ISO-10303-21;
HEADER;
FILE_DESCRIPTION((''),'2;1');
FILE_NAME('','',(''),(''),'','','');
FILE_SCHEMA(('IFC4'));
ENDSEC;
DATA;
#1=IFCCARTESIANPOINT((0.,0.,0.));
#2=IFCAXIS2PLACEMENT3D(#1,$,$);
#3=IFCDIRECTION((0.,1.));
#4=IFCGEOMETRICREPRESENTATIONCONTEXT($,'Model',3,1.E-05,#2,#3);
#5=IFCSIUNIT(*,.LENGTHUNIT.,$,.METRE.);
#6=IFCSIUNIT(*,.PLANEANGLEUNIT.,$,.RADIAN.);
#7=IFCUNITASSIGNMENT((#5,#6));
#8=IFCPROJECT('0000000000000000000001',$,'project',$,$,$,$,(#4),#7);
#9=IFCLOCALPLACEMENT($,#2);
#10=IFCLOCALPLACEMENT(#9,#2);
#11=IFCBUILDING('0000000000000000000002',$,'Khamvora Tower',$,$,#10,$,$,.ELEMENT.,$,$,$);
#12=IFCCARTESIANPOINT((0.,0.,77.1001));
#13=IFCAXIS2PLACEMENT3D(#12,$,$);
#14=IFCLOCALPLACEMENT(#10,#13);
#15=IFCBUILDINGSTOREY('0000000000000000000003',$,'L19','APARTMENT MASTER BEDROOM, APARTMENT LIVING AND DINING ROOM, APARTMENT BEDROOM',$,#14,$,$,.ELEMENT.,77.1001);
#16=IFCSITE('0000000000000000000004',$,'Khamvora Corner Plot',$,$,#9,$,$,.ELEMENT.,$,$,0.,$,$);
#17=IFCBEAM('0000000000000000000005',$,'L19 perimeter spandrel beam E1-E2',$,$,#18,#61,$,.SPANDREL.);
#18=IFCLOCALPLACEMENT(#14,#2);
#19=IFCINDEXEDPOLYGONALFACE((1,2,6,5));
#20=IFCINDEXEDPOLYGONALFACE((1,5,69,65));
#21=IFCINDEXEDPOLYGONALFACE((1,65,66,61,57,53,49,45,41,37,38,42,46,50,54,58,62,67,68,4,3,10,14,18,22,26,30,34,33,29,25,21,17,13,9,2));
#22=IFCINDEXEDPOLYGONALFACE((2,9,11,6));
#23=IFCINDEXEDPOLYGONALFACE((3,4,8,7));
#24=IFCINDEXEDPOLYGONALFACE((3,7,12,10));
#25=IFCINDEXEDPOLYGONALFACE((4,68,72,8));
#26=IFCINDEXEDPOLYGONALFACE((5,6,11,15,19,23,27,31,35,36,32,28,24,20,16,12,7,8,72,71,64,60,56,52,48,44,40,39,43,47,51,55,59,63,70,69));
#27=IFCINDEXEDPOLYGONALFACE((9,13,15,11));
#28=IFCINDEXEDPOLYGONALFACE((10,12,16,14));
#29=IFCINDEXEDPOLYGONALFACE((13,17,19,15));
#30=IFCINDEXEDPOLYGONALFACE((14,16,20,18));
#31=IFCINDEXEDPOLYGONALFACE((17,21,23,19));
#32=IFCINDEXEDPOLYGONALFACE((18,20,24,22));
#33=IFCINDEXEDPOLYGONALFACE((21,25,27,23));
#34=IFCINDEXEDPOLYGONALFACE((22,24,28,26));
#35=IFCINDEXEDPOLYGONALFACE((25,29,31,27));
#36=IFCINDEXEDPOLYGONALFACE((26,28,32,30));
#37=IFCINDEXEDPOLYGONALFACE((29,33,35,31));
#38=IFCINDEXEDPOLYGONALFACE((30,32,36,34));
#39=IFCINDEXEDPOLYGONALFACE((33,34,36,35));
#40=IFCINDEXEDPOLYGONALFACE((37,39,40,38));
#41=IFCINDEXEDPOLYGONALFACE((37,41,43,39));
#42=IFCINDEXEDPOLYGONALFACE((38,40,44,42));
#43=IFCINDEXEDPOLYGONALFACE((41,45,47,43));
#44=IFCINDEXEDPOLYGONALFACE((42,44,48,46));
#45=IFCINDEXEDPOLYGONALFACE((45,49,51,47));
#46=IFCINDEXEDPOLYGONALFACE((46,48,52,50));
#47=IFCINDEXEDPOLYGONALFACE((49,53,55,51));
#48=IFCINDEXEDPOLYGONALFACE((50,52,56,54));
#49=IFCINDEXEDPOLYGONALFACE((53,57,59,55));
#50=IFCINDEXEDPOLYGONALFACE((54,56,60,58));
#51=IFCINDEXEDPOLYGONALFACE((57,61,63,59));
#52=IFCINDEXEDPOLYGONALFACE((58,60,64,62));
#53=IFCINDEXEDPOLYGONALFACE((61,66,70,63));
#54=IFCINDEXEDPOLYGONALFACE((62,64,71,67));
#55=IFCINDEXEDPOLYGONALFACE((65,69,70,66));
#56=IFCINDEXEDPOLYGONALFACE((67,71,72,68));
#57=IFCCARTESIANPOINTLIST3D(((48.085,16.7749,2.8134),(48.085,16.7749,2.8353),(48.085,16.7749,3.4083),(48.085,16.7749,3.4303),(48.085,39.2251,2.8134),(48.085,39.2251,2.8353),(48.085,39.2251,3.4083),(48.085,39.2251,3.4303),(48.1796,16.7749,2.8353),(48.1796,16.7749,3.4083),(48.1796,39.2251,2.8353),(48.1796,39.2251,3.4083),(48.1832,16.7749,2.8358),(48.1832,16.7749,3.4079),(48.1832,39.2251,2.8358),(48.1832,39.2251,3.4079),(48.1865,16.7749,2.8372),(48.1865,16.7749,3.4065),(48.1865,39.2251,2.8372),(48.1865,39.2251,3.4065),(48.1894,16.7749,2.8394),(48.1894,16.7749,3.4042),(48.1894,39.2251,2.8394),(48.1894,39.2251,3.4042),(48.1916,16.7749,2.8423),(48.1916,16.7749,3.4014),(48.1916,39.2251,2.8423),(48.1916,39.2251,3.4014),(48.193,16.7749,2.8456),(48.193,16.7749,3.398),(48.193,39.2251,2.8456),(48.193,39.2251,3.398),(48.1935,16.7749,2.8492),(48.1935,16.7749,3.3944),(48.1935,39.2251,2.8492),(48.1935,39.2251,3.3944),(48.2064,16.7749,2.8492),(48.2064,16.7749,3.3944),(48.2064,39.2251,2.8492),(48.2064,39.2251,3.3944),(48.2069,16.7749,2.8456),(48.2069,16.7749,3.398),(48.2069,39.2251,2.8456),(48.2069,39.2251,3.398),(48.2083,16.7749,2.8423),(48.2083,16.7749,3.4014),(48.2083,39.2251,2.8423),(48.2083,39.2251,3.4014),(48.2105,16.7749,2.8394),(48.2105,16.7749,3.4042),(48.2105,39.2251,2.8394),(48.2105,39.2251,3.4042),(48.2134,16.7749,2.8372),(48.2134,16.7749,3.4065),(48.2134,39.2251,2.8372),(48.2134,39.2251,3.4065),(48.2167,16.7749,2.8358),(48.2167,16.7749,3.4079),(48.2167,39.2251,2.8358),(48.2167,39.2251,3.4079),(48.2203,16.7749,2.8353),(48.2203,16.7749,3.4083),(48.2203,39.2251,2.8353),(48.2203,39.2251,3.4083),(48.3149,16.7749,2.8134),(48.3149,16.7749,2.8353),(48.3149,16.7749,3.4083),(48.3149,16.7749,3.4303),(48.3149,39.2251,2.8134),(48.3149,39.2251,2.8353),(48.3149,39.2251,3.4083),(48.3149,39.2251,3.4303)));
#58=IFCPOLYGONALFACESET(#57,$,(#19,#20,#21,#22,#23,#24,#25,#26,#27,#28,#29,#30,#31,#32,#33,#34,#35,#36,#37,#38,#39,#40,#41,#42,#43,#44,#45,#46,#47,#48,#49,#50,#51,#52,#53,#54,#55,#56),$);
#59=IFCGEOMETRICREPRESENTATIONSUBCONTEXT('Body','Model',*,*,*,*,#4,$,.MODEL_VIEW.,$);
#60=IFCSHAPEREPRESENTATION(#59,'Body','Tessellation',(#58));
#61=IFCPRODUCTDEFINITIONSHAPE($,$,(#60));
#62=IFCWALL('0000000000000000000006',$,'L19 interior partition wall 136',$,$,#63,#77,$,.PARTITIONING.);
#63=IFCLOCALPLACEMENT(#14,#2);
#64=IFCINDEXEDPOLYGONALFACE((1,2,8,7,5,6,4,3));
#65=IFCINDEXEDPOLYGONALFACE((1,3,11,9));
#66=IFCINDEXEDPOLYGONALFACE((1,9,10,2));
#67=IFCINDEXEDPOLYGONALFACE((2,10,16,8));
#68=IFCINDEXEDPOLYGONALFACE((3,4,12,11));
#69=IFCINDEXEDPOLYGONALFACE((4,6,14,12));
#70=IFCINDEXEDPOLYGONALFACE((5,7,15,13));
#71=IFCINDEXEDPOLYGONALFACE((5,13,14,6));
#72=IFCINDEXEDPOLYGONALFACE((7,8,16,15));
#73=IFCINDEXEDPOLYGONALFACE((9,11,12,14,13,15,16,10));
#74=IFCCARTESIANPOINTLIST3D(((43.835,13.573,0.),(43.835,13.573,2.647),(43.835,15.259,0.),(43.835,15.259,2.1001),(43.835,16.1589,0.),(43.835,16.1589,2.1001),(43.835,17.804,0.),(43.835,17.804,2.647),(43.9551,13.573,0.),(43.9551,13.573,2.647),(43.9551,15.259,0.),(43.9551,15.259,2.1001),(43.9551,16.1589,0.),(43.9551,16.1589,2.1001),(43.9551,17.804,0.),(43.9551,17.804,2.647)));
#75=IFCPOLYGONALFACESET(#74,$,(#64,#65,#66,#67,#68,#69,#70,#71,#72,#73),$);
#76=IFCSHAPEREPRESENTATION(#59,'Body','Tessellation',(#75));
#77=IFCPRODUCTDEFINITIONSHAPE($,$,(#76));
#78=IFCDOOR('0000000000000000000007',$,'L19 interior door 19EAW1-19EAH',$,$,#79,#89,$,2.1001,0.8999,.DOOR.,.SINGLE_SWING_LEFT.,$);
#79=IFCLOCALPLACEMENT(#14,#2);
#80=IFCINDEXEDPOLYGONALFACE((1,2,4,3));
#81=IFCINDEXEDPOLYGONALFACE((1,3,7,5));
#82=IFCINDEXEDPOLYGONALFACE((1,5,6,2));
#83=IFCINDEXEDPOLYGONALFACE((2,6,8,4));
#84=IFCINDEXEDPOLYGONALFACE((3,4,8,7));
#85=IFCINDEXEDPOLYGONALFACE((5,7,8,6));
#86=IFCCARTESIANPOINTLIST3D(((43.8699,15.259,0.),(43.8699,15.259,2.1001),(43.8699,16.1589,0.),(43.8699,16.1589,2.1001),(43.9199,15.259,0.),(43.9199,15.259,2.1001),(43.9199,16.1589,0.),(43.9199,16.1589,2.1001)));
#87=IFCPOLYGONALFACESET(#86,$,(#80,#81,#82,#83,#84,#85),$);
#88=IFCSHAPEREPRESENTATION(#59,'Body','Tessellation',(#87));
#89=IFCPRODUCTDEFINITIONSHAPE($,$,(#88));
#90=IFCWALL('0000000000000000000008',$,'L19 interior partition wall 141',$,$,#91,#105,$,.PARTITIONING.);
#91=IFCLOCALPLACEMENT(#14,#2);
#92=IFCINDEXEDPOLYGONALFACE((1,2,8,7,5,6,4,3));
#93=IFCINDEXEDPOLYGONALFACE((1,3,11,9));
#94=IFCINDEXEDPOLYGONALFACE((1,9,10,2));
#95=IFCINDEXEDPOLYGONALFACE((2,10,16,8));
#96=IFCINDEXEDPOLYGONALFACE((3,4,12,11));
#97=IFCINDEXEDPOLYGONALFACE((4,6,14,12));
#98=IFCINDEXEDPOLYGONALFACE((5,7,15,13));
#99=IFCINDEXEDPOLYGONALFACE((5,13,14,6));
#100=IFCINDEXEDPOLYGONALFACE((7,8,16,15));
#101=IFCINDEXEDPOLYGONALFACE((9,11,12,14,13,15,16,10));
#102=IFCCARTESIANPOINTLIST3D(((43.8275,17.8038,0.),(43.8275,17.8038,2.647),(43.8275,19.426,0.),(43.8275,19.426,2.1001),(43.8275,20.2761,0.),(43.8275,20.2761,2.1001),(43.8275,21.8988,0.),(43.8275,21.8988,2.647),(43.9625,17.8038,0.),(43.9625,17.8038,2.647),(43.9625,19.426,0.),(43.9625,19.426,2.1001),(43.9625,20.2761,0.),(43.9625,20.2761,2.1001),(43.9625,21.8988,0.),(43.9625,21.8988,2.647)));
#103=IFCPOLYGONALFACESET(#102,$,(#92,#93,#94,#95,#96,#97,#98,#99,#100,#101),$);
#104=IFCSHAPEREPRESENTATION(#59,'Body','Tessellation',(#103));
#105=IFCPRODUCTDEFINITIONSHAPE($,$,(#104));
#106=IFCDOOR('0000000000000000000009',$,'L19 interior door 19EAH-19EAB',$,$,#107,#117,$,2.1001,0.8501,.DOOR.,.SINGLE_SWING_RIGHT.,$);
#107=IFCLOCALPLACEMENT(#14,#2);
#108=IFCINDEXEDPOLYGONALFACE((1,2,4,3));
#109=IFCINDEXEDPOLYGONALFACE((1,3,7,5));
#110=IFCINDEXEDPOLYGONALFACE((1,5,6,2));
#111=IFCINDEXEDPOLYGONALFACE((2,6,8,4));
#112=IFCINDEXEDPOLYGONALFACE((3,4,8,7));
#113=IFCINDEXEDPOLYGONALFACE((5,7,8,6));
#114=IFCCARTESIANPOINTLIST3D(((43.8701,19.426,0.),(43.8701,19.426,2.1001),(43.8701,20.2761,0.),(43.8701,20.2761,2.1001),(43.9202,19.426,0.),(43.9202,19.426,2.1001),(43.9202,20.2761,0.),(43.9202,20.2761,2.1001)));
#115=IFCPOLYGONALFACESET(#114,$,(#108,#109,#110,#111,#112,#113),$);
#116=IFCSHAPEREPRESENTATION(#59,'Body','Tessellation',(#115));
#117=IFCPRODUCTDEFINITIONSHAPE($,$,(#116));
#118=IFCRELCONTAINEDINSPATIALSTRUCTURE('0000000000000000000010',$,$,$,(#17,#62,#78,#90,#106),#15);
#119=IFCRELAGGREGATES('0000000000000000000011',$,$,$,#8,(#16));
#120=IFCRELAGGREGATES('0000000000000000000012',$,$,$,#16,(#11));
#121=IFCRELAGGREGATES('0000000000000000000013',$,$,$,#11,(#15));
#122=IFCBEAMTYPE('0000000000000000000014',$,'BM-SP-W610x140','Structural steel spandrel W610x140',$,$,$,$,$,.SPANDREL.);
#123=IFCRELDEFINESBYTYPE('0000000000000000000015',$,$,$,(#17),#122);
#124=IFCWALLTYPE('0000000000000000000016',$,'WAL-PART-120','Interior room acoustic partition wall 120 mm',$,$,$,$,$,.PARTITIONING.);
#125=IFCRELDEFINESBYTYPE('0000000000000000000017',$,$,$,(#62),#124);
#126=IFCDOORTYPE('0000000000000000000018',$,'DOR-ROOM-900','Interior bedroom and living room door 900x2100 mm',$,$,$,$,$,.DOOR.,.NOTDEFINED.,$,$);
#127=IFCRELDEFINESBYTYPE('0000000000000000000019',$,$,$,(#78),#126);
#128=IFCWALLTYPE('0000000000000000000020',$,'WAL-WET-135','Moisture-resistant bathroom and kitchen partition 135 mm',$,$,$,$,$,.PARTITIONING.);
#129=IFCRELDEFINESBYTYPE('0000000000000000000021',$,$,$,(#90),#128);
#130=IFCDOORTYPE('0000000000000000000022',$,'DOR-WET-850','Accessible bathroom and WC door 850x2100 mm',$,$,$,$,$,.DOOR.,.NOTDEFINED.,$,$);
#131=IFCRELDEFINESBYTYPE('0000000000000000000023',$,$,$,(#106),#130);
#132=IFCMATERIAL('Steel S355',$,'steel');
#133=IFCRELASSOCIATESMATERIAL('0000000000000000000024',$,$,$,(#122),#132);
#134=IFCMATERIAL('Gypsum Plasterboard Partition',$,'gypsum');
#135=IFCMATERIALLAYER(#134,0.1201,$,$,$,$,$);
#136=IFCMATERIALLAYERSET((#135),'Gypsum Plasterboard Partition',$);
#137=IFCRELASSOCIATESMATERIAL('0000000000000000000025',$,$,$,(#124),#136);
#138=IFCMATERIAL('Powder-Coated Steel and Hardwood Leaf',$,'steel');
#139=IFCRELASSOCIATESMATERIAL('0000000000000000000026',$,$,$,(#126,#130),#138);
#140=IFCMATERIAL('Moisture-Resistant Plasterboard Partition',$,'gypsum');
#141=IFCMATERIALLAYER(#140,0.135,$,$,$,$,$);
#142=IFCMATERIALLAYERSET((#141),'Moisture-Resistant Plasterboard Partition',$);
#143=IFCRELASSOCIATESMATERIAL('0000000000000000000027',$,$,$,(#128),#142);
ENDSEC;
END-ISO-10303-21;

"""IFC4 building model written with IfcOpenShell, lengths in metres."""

from ifc_helpers import new_model, si_unit, direction, frame, frame_2d, origin, origin_2d, place, context, subcontext, project, spatial, rectangle, i_section, extrude, material, layer, layer_set, material_profile, profile_set, type_object, element, fill, save


model = new_model("IFC4")

# Units and contexts
model_context = context("Model", 3, precision=1e-05, world=origin(), true_north=direction((0.0, 1.0)))
body_context = subcontext(model_context, "Body", "Model", "MODEL_VIEW")
ifc_project = project(units=[si_unit("LENGTHUNIT", "METRE"), si_unit("PLANEANGLEUNIT", "RADIAN")], contexts=[model_context])

# Site, building, storey
site_placement = place(None, origin())
site = spatial("IfcSite", under=ifc_project, at=site_placement, Name="Khamvora Corner Plot", CompositionType="ELEMENT", RefElevation=0.0)
building_placement = place(site_placement, origin())
building = spatial("IfcBuilding", under=site, at=building_placement, Name="Khamvora Tower", CompositionType="ELEMENT")
storey_placement = place(building_placement, frame((0.0, 0.0, 77.1001)))
storey = spatial("IfcBuildingStorey", under=building, at=storey_placement, Name="L19", Description="APARTMENT MASTER BEDROOM, APARTMENT LIVING AND DINING ROOM, APARTMENT BEDROOM", CompositionType="ELEMENT", Elevation=77.1001)

# Shared definitions
ifc_material_1 = material(Name="Steel S355", Category="steel")

# Beam
ifc_material_profile_1 = material_profile(ifc_material_1, i_section(OverallWidth=0.23, OverallDepth=0.6169, WebThickness=0.0129, FlangeThickness=0.022, FilletRadius=0.0139, at=origin_2d()), Name="W610x140")
ifc_profile_set_1 = profile_set([ifc_material_profile_1], Name="Steel S355")
beam_type_1 = type_object("IfcBeamType", Name="BM-SP-W610x140", Description="Structural steel spandrel W610x140", PredefinedType="SPANDREL", material=ifc_profile_set_1)
beam_1_placement = place(storey_placement, frame((48.2, 16.7749, 3.1218), z_axis=(0.0, 1.0, 0.0), x_axis=(-1.0, 0.0, 0.0)))
element("IfcBeam", 1, at=beam_1_placement, inside=storey, type_object=beam_type_1, Name="L19 perimeter spandrel beam E1-E2", PredefinedType="SPANDREL", context=body_context, shape_type="SweptSolid", body=[
    extrude(i_section(OverallWidth=0.23, OverallDepth=0.6169, WebThickness=0.0129, FlangeThickness=0.022, FilletRadius=0.0139, at=origin_2d()), origin(), (0.0, 0.0, 1.0), 22.4502),
])

# Walls, openings, doors
ifc_material_2 = material(Name="Gypsum Plasterboard Partition", Category="gypsum")
ifc_layer_1 = layer(ifc_material_2, 0.1201)
ifc_layer_set_1 = layer_set([ifc_layer_1], Name="Gypsum Plasterboard Partition")
wall_type_1 = type_object("IfcWallType", Name="WAL-PART-120", Description="Interior room acoustic partition wall 120 mm", PredefinedType="PARTITIONING", material=ifc_layer_set_1)
wall_1_placement = place(storey_placement, frame((43.895, 17.804, 0.0), z_axis=(0.0, 0.0, 1.0), x_axis=(0.0, -1.0, 0.0)))
wall_1 = element("IfcWall", 2, at=wall_1_placement, inside=storey, type_object=wall_type_1, Name="L19 interior partition wall 136", PredefinedType="PARTITIONING", context=body_context, shape_type="SweptSolid", body=[
    extrude(rectangle(XDim=4.231, YDim=0.1201, at=frame_2d((2.1155, 0.0))), origin(), (0.0, 0.0, 1.0), 2.647),
])
opening_1_placement = place(wall_1_placement, frame((1.645, 0.0, 0.0)))
opening_1 = element("IfcOpeningElement", 3, at=opening_1_placement, cuts=wall_1, PredefinedType="OPENING", context=body_context, shape_type="SweptSolid", body=[
    extrude(rectangle(XDim=0.8999, YDim=2.1001, at=frame_2d((0.45, 1.05))), frame((0.0, 0.0701, 0.0), z_axis=(0.0, -1.0, 0.0), x_axis=(1.0, 0.0, 0.0)), (0.0, 0.0, 1.0), 0.1401),
])
ifc_material_3 = material(Name="Powder-Coated Steel and Hardwood Leaf", Category="steel")
door_type_1 = type_object("IfcDoorType", Name="DOR-ROOM-900", Description="Interior bedroom and living room door 900x2100 mm", OperationType="NOTDEFINED", PredefinedType="DOOR", material=ifc_material_3)
door_1_placement = place(opening_1_placement, origin())
door_1 = element("IfcDoor", 4, at=door_1_placement, inside=storey, type_object=door_type_1, Name="L19 interior door 19EAW1-19EAH", OperationType="SINGLE_SWING_LEFT", OverallHeight=2.1001, OverallWidth=0.8999, PredefinedType="DOOR", context=body_context, shape_type="SweptSolid", body=[
    extrude(rectangle(XDim=0.8999, YDim=2.1001, at=frame_2d((0.45, 1.05))), frame((0.0, 0.0249, 0.0), z_axis=(0.0, -1.0, 0.0), x_axis=(1.0, 0.0, 0.0)), (0.0, 0.0, 1.0), 0.05),
])
fill(opening_1, door_1)
ifc_material_4 = material(Name="Moisture-Resistant Plasterboard Partition", Category="gypsum")
ifc_layer_2 = layer(ifc_material_4, 0.135)
ifc_layer_set_2 = layer_set([ifc_layer_2], Name="Moisture-Resistant Plasterboard Partition")
wall_type_2 = type_object("IfcWallType", Name="WAL-WET-135", Description="Moisture-resistant bathroom and kitchen partition 135 mm", PredefinedType="PARTITIONING", material=ifc_layer_set_2)
wall_2_placement = place(storey_placement, frame((43.895, 17.804, 0.0), z_axis=(0.0, 0.0, 1.0), x_axis=(0.0, 1.0, 0.0)))
wall_2 = element("IfcWall", 5, at=wall_2_placement, inside=storey, type_object=wall_type_2, Name="L19 interior partition wall 141", PredefinedType="PARTITIONING", context=body_context, shape_type="SweptSolid", body=[
    extrude(rectangle(XDim=4.095, YDim=0.135, at=frame_2d((2.0474, 0.0))), origin(), (0.0, 0.0, 1.0), 2.647),
])
opening_2_placement = place(wall_2_placement, frame((1.6221, 0.0, 0.0)))
opening_2 = element("IfcOpeningElement", 6, at=opening_2_placement, cuts=wall_2, PredefinedType="OPENING", context=body_context, shape_type="SweptSolid", body=[
    extrude(rectangle(XDim=0.8501, YDim=2.1001, at=frame_2d((0.425, 1.05))), frame((0.0, 0.0774, 0.0), z_axis=(0.0, -1.0, 0.0), x_axis=(1.0, 0.0, 0.0)), (0.0, 0.0, 1.0), 0.155),
])
door_type_2 = type_object("IfcDoorType", Name="DOR-WET-850", Description="Accessible bathroom and WC door 850x2100 mm", OperationType="NOTDEFINED", PredefinedType="DOOR", material=ifc_material_3)
door_2_placement = place(opening_2_placement, origin())
door_2 = element("IfcDoor", 7, at=door_2_placement, inside=storey, type_object=door_type_2, Name="L19 interior door 19EAH-19EAB", OperationType="SINGLE_SWING_RIGHT", OverallHeight=2.1001, OverallWidth=0.8501, PredefinedType="DOOR", context=body_context, shape_type="SweptSolid", body=[
    extrude(rectangle(XDim=0.8501, YDim=2.1001, at=frame_2d((0.425, 1.05))), frame((0.0, 0.0249, 0.0), z_axis=(0.0, -1.0, 0.0), x_axis=(1.0, 0.0, 0.0)), (0.0, 0.0, 1.0), 0.05),
])
fill(opening_2, door_2)

save(model, "model.ifc")
